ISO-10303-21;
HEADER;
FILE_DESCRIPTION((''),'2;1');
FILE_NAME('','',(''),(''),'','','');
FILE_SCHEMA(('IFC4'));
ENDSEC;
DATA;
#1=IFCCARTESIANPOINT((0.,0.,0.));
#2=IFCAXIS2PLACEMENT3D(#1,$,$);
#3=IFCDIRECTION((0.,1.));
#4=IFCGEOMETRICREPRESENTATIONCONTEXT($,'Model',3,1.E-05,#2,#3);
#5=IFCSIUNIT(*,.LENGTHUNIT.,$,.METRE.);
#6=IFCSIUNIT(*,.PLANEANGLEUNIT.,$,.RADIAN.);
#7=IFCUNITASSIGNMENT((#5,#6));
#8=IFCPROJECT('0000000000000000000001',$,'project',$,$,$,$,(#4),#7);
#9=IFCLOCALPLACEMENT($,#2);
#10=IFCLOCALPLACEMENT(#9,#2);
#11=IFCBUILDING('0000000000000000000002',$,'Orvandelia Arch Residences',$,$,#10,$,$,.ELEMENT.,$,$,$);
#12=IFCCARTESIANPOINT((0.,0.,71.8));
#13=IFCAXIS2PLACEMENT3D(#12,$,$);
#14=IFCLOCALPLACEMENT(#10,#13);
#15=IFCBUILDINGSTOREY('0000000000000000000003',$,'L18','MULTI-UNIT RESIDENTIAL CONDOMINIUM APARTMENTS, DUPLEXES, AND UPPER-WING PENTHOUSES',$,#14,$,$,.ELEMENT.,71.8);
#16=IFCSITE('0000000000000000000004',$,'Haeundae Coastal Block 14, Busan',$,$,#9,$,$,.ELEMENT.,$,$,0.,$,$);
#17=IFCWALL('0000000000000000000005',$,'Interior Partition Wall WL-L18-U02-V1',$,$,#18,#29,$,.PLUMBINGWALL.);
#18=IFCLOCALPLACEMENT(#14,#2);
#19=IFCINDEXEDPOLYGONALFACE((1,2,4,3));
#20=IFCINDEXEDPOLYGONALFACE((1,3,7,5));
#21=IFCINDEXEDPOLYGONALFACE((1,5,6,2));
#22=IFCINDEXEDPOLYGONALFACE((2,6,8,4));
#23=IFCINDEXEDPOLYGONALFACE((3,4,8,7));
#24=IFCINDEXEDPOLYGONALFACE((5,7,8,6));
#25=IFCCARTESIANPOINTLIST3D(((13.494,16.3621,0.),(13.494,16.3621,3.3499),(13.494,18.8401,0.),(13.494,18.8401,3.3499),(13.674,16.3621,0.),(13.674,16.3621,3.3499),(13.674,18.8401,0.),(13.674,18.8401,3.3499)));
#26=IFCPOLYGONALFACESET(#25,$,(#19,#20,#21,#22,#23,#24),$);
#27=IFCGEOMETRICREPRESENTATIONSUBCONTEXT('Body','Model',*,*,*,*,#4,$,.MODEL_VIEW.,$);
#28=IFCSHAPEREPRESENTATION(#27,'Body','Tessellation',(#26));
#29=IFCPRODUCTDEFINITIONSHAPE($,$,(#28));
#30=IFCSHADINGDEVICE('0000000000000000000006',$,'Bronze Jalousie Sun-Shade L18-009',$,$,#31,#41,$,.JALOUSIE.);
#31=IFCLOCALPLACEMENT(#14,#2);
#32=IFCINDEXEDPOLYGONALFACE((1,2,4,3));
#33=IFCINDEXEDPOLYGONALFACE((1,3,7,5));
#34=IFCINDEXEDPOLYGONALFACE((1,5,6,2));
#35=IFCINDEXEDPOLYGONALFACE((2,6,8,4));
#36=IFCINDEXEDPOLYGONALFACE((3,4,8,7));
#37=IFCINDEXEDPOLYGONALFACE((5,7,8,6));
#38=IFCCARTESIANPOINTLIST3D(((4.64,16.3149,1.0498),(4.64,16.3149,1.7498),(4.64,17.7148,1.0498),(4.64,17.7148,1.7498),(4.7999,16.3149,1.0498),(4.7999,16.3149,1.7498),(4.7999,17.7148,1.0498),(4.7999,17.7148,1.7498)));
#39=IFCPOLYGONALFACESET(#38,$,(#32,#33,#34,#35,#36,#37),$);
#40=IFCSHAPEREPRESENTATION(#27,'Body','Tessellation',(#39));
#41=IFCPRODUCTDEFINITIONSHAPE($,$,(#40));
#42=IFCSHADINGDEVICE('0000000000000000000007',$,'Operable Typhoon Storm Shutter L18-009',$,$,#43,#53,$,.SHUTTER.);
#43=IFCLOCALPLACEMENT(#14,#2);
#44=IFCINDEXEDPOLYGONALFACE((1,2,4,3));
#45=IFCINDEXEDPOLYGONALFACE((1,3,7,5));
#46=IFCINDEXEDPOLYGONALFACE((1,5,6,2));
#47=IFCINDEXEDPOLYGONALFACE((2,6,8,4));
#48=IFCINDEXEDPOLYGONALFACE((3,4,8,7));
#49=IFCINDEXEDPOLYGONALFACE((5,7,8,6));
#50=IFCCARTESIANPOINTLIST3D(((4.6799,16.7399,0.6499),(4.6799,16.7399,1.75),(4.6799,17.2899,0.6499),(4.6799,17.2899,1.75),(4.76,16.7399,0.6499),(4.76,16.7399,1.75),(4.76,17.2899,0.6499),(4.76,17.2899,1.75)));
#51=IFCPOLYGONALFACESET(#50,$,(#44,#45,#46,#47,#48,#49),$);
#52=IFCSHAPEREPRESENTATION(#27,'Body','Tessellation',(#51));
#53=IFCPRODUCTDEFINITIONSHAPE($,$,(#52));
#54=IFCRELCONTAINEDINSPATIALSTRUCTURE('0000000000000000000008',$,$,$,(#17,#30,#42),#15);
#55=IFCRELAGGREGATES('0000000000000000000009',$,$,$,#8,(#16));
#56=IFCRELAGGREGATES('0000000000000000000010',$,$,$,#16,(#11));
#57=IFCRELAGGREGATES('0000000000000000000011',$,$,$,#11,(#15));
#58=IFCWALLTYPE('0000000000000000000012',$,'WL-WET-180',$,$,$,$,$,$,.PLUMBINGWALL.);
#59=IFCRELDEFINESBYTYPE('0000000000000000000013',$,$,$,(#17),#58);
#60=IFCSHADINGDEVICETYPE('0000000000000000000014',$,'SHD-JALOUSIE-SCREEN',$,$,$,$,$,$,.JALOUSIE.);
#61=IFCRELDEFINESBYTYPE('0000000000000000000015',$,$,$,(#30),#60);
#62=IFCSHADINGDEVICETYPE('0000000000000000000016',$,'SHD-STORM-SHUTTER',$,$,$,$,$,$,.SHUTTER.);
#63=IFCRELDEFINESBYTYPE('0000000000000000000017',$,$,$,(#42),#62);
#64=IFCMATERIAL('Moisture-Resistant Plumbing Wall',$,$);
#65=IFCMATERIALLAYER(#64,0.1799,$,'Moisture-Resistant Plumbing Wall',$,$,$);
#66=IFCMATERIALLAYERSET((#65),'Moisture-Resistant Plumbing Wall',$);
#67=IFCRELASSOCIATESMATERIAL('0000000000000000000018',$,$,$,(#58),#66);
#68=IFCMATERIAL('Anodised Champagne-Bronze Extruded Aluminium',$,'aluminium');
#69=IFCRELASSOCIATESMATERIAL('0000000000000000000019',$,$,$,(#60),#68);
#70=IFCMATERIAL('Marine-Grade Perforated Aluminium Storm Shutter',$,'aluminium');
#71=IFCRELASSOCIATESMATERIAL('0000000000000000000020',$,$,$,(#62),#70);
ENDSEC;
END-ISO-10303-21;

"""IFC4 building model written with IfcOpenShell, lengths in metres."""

from ifc_helpers import new_model, si_unit, direction, frame, frame_2d, origin, origin_2d, place, context, subcontext, project, spatial, rectangle, extrude, material, layer, layer_set, type_object, element, save


model = new_model("IFC4")

# Units and contexts
model_context = context("Model", 3, precision=1e-05, world=origin(), true_north=direction((0.0, 1.0)))
body_context = subcontext(model_context, "Body", "Model", "MODEL_VIEW")
ifc_project = project(units=[si_unit("LENGTHUNIT", "METRE"), si_unit("PLANEANGLEUNIT", "RADIAN")], contexts=[model_context])

# Site, building, storey
site_placement = place(None, origin())
site = spatial("IfcSite", under=ifc_project, at=site_placement, Name="Haeundae Coastal Block 14, Busan", CompositionType="ELEMENT", RefElevation=0.0)
building_placement = place(site_placement, origin())
building = spatial("IfcBuilding", under=site, at=building_placement, Name="Orvandelia Arch Residences", CompositionType="ELEMENT")
storey_placement = place(building_placement, frame((0.0, 0.0, 71.8)))
storey = spatial("IfcBuildingStorey", under=building, at=storey_placement, Name="L18", Description="MULTI-UNIT RESIDENTIAL CONDOMINIUM APARTMENTS, DUPLEXES, AND UPPER-WING PENTHOUSES", CompositionType="ELEMENT", Elevation=71.8)

# Shared definitions
ifc_material_1 = material(Name="Moisture-Resistant Plumbing Wall")
ifc_layer_1 = layer(ifc_material_1, 0.1799, Name="Moisture-Resistant Plumbing Wall")
ifc_layer_set_1 = layer_set([ifc_layer_1], Name="Moisture-Resistant Plumbing Wall")
wall_type_1 = type_object("IfcWallType", Name="WL-WET-180", PredefinedType="PLUMBINGWALL", material=ifc_layer_set_1)

# Wall
wall_1_placement = place(storey_placement, frame((13.584, 16.3621, 0.0), z_axis=(0.0, 0.0, 1.0), x_axis=(0.0, 1.0, 0.0)))
element("IfcWall", 1, at=wall_1_placement, inside=storey, type_object=wall_type_1, Name="Interior Partition Wall WL-L18-U02-V1", PredefinedType="PLUMBINGWALL", context=body_context, shape_type="SweptSolid", body=[
    extrude(rectangle(XDim=2.478, YDim=0.1799, at=frame_2d((1.239, 0.0))), origin(), (0.0, 0.0, 1.0), 3.3499),
])

# Shading devices
ifc_material_2 = material(Name="Anodised Champagne-Bronze Extruded Aluminium", Category="aluminium")
shading_device_type_1 = type_object("IfcShadingDeviceType", Name="SHD-JALOUSIE-SCREEN", PredefinedType="JALOUSIE", material=ifc_material_2)
shading_device_1_placement = place(storey_placement, frame((4.72, 17.0149, 1.0498), z_axis=(0.0, 0.0, 1.0), x_axis=(0.0, 1.0, 0.0)))
element("IfcShadingDevice", 2, at=shading_device_1_placement, inside=storey, type_object=shading_device_type_1, Name="Bronze Jalousie Sun-Shade L18-009", PredefinedType="JALOUSIE", context=body_context, shape_type="SweptSolid", body=[
    extrude(rectangle(XDim=1.3999, YDim=0.1599, at=origin_2d()), origin(), (0.0, 0.0, 1.0), 0.7),
])
ifc_material_3 = material(Name="Marine-Grade Perforated Aluminium Storm Shutter", Category="aluminium")
shading_device_type_2 = type_object("IfcShadingDeviceType", Name="SHD-STORM-SHUTTER", PredefinedType="SHUTTER", material=ifc_material_3)
shading_device_2_placement = place(storey_placement, frame((4.72, 17.0149, 0.6499), z_axis=(0.0, 0.0, 1.0), x_axis=(0.0, 1.0, 0.0)))
element("IfcShadingDevice", 3, at=shading_device_2_placement, inside=storey, type_object=shading_device_type_2, Name="Operable Typhoon Storm Shutter L18-009", PredefinedType="SHUTTER", context=body_context, shape_type="SweptSolid", body=[
    extrude(rectangle(XDim=0.55, YDim=0.0801, at=origin_2d()), origin(), (0.0, 0.0, 1.0), 1.1001),
])

save(model, "model.ifc")
